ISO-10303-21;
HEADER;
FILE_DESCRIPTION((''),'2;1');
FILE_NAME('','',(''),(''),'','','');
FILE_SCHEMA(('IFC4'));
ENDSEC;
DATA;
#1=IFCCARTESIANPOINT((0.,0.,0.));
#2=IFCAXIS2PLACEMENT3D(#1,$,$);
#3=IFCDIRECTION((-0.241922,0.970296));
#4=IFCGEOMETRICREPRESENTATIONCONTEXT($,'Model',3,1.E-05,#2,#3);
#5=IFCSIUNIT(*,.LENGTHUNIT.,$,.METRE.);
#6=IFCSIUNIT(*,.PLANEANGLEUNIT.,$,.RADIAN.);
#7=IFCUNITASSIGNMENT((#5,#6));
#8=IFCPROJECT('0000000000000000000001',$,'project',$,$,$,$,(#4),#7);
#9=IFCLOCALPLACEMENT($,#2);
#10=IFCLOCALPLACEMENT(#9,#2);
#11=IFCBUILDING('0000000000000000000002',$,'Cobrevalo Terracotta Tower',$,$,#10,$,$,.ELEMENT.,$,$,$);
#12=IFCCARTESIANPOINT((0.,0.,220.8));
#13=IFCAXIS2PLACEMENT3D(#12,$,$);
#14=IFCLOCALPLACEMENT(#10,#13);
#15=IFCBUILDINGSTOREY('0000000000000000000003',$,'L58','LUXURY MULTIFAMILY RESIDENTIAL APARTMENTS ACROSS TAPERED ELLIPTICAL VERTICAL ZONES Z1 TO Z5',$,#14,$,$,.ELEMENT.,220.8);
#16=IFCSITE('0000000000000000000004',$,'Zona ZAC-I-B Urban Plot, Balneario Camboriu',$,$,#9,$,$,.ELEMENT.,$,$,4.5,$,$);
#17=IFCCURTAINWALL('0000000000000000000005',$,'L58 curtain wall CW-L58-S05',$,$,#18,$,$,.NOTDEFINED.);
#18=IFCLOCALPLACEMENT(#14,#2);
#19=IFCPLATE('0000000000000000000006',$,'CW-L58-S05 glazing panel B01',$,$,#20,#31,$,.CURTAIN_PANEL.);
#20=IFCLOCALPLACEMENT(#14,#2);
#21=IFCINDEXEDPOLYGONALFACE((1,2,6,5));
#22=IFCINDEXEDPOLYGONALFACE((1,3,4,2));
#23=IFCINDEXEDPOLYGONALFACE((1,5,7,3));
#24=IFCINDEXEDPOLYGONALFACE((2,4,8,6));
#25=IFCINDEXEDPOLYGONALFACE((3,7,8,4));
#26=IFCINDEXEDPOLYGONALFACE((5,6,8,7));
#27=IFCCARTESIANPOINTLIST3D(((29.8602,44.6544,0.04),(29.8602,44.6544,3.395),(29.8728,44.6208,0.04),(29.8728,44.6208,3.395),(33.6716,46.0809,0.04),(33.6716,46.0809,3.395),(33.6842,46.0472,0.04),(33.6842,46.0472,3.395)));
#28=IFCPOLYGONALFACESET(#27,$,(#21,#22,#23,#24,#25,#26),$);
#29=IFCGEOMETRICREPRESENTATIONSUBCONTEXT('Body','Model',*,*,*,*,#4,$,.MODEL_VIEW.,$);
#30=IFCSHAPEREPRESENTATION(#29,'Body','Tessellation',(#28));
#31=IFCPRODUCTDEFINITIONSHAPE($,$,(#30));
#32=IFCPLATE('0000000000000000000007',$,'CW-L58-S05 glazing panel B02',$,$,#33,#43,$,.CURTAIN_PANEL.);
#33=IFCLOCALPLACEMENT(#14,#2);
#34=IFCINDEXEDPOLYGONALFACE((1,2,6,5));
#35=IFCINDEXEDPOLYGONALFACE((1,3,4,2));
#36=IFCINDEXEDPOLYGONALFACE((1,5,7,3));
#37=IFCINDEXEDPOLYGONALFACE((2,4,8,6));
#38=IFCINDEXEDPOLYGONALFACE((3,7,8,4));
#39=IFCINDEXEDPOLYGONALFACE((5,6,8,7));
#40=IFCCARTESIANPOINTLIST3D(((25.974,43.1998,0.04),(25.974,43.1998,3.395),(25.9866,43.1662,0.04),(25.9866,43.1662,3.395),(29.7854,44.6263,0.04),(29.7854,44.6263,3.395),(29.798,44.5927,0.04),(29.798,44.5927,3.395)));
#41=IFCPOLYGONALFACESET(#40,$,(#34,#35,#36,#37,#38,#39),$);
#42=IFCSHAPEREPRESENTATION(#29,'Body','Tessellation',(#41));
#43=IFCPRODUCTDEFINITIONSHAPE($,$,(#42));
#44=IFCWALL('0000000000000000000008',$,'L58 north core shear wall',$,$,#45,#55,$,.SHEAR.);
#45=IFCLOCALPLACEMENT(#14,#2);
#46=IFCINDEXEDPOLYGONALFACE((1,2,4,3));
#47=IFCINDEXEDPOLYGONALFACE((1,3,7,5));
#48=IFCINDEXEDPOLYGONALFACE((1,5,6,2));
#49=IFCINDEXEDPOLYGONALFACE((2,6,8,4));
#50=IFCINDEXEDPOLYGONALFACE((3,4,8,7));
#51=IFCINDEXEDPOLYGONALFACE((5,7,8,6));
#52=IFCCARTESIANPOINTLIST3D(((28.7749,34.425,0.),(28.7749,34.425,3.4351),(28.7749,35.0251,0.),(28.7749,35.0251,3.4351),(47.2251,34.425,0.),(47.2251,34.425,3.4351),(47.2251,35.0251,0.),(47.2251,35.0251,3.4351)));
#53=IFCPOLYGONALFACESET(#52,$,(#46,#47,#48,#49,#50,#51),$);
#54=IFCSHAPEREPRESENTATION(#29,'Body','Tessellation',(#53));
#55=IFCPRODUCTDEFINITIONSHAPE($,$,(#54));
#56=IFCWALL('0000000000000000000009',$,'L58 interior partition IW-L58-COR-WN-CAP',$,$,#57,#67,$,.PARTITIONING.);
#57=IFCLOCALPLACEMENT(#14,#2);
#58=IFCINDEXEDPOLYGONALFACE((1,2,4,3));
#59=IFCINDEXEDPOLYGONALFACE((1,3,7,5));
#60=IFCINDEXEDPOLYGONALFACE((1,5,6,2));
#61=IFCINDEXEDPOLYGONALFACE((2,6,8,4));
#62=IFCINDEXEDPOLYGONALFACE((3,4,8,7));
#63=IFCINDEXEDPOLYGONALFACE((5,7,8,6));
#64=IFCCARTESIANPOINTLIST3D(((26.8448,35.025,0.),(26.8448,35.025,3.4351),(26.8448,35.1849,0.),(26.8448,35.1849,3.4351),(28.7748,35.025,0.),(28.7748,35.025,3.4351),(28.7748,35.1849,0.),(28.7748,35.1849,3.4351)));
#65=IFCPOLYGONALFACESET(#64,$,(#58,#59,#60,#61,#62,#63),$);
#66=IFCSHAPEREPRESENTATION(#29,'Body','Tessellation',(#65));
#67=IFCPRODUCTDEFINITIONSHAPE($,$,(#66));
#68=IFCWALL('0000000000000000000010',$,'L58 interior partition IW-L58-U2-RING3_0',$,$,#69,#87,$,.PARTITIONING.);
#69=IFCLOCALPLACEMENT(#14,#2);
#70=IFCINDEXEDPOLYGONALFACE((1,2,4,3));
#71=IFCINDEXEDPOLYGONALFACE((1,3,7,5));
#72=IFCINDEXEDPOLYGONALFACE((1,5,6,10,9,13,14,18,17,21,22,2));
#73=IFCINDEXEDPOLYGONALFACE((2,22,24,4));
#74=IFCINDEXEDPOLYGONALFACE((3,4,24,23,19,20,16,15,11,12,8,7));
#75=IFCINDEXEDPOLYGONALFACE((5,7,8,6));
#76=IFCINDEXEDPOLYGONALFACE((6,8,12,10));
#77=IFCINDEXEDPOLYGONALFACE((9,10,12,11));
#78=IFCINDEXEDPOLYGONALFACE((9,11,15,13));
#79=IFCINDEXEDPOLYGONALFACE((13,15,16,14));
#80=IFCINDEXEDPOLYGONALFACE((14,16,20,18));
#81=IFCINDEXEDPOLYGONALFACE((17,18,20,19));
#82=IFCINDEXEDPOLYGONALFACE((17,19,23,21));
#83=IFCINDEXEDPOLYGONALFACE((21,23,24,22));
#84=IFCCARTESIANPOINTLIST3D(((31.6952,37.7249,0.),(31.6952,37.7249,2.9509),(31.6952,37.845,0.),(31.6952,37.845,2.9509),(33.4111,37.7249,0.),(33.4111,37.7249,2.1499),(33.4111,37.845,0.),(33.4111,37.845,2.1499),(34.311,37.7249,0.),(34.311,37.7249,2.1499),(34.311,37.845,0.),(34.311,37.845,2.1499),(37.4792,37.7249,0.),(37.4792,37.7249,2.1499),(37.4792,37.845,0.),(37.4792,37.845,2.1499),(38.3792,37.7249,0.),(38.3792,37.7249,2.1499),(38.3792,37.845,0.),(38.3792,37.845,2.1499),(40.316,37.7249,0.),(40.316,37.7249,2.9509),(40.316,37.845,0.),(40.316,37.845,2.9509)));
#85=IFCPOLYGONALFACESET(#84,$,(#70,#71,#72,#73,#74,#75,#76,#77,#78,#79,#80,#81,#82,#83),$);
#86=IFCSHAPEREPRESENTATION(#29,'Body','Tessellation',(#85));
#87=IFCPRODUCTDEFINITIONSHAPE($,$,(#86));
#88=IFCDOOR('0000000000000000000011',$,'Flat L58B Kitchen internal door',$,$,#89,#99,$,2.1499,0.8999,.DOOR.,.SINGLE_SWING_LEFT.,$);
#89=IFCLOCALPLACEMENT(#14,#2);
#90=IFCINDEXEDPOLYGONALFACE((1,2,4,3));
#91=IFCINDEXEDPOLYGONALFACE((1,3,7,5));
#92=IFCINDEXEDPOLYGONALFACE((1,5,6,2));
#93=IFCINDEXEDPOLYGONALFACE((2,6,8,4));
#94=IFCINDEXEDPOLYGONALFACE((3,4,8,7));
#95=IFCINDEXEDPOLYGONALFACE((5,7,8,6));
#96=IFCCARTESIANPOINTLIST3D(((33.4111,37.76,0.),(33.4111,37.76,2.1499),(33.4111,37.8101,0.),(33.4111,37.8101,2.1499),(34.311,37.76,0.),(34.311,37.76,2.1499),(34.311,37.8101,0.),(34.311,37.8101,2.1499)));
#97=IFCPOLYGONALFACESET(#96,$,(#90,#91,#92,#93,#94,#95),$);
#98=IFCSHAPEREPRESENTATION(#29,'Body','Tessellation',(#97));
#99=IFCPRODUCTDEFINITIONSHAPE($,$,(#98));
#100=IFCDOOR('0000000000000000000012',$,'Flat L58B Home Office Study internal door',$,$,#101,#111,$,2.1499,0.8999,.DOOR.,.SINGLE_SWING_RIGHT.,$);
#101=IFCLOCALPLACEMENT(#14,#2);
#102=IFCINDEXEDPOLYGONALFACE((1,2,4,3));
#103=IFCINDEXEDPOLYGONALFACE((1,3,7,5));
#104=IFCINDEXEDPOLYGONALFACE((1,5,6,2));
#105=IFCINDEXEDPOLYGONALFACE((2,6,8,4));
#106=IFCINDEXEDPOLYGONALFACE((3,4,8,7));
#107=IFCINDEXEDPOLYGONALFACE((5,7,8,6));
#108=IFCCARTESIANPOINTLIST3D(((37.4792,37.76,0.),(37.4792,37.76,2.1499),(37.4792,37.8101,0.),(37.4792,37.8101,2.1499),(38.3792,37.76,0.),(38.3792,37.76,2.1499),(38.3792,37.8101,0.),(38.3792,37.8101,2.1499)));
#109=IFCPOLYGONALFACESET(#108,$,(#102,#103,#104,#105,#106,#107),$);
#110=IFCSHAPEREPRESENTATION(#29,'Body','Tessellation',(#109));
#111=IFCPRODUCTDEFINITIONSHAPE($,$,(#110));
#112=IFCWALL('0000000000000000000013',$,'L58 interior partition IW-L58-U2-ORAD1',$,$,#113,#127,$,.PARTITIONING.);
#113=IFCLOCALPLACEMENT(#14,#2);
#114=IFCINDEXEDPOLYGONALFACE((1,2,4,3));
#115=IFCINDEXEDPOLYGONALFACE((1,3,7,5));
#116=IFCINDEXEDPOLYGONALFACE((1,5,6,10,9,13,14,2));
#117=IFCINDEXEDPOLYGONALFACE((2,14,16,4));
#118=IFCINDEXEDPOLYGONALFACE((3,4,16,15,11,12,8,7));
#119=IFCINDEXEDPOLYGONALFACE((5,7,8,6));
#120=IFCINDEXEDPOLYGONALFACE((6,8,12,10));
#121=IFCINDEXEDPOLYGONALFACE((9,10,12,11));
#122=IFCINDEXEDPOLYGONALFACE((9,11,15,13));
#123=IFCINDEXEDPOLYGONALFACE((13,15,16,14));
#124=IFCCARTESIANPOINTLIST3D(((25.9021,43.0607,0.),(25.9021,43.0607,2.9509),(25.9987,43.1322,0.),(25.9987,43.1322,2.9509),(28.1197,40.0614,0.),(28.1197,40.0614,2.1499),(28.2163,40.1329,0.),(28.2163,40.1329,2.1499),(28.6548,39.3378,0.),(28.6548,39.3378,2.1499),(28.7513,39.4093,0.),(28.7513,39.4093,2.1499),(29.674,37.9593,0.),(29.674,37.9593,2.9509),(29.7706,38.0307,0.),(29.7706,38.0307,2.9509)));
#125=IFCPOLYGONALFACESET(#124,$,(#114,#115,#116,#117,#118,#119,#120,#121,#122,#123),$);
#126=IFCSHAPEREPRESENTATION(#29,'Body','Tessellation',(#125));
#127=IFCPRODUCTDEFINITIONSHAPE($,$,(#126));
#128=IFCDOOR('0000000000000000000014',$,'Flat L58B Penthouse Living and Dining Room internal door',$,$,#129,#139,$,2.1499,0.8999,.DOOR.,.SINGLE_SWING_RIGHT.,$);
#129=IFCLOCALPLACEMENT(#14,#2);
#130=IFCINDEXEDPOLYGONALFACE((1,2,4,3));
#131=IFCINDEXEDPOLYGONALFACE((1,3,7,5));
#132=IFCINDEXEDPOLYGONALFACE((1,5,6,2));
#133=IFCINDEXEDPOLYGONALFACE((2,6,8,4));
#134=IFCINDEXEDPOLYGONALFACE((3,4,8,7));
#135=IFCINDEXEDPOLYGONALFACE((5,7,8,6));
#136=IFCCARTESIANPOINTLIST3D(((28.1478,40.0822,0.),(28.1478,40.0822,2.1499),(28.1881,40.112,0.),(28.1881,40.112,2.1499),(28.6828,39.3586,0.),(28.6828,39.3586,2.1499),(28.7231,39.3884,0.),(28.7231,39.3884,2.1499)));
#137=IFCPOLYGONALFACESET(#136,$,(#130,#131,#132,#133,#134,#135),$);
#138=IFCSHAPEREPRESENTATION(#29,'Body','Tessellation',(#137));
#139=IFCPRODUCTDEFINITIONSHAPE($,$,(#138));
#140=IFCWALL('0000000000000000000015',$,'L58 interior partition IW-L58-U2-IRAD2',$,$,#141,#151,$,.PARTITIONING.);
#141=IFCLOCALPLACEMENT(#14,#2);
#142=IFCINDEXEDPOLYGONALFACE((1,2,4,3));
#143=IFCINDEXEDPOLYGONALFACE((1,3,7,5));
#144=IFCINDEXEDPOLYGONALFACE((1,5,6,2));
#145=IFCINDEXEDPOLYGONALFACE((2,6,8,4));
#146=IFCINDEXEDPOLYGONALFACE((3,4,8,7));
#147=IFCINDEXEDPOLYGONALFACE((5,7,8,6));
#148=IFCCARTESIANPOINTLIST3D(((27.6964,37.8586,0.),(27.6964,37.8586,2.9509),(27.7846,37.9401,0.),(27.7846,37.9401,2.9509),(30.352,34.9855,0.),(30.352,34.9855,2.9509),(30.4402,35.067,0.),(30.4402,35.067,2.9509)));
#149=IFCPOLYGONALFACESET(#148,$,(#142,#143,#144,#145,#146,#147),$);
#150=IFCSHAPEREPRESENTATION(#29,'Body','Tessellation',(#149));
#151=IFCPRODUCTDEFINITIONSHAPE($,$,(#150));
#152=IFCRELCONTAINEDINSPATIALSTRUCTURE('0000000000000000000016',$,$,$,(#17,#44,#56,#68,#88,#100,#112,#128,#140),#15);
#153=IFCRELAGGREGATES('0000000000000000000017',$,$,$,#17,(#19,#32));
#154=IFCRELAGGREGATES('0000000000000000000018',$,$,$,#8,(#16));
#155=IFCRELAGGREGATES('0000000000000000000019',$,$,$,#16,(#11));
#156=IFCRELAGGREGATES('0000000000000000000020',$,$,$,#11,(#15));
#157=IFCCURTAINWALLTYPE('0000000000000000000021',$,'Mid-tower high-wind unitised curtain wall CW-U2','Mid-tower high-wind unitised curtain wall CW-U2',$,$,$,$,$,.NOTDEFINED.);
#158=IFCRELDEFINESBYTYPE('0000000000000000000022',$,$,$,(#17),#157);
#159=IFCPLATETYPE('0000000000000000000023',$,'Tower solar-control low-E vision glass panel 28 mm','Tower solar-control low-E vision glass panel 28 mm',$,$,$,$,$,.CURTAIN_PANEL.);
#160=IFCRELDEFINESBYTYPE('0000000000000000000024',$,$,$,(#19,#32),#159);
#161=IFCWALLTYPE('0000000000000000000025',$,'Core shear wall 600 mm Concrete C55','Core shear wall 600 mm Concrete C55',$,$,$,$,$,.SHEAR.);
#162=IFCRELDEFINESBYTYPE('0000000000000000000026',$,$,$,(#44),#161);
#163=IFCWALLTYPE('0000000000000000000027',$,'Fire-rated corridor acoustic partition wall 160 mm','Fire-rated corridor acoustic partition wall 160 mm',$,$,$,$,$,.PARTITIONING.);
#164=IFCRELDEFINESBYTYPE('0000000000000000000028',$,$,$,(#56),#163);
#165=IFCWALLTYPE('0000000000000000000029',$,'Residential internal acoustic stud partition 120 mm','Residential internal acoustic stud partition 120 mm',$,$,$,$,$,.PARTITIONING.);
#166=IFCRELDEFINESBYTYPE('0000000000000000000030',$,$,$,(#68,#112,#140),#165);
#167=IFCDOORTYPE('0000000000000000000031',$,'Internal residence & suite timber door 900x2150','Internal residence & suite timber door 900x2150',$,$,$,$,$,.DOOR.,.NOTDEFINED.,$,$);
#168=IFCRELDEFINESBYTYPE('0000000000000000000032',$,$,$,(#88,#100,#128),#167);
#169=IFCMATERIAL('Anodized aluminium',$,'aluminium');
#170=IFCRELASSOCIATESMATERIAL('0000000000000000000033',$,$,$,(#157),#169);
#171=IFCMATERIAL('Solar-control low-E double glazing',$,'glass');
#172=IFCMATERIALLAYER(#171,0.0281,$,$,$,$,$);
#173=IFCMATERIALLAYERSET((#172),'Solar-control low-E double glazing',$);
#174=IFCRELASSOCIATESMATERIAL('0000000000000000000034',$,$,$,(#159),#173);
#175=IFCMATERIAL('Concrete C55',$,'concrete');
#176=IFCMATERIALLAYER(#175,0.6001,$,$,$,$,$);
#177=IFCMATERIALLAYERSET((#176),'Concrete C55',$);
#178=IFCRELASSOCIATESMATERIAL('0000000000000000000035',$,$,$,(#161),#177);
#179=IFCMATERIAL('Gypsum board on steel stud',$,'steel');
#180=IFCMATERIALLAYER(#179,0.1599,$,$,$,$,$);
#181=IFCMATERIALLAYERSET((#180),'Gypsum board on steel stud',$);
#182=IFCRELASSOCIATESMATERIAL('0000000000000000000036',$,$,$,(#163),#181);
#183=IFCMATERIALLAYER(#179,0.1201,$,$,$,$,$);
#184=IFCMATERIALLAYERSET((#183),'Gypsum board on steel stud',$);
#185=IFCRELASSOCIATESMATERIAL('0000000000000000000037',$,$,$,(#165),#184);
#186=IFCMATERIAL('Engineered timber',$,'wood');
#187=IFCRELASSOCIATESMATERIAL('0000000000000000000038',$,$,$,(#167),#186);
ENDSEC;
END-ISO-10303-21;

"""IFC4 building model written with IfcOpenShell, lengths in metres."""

from ifc_helpers import new_model, si_unit, direction, frame, frame_2d, origin, origin_2d, place, context, subcontext, project, spatial, rectangle, extrude, source, transform, mapped, material, layer, layer_set, type_object, element, fill, aggregate, save


model = new_model("IFC4")

# Units and contexts
model_context = context("Model", 3, precision=1e-05, world=origin(), true_north=direction((-0.241922, 0.970296)))
body_context = subcontext(model_context, "Body", "Model", "MODEL_VIEW")
ifc_project = project(units=[si_unit("LENGTHUNIT", "METRE"), si_unit("PLANEANGLEUNIT", "RADIAN")], contexts=[model_context])

# Site, building, storey
site_placement = place(None, origin())
site = spatial("IfcSite", under=ifc_project, at=site_placement, Name="Zona ZAC-I-B Urban Plot, Balneario Camboriu", CompositionType="ELEMENT", RefElevation=4.5)
building_placement = place(site_placement, origin())
building = spatial("IfcBuilding", under=site, at=building_placement, Name="Cobrevalo Terracotta Tower", CompositionType="ELEMENT")
storey_placement = place(building_placement, frame((0.0, 0.0, 220.8)))
storey = spatial("IfcBuildingStorey", under=building, at=storey_placement, Name="L58", Description="LUXURY MULTIFAMILY RESIDENTIAL APARTMENTS ACROSS TAPERED ELLIPTICAL VERTICAL ZONES Z1 TO Z5", CompositionType="ELEMENT", Elevation=220.8)

# Curtain wall, plates
ifc_material_1 = material(Name="Anodized aluminium", Category="aluminium")
curtain_wall_type = type_object("IfcCurtainWallType", Name="Mid-tower high-wind unitised curtain wall CW-U2", Description="Mid-tower high-wind unitised curtain wall CW-U2", PredefinedType="NOTDEFINED", material=ifc_material_1)
curtain_wall_placement = place(storey_placement, origin())
curtain_wall = element("IfcCurtainWall", 1, at=curtain_wall_placement, inside=storey, type_object=curtain_wall_type, Name="L58 curtain wall CW-L58-S05", PredefinedType="NOTDEFINED")
ifc_material_2 = material(Name="Solar-control low-E double glazing", Category="glass")
ifc_layer_1 = layer(ifc_material_2, 0.0281)
ifc_layer_set_1 = layer_set([ifc_layer_1], Name="Solar-control low-E double glazing")
plate_type = type_object("IfcPlateType", Name="Tower solar-control low-E vision glass panel 28 mm", Description="Tower solar-control low-E vision glass panel 28 mm", PredefinedType="CURTAIN_PANEL", material=ifc_layer_set_1)
shared_shape_1 = source(origin(), body_context, "Body", "SweptSolid", [
    extrude(rectangle(XDim=4.0696, YDim=0.0359, at=origin_2d()), origin(), (0.0, 0.0, 1.0), 3.355),
])
plate_1_placement = place(storey_placement, frame((31.7722, 45.3508, 0.04), z_axis=(0.0, 0.0, 1.0), x_axis=(-0.936558, -0.350513, 0.0)))
plate_1 = element("IfcPlate", 2, at=plate_1_placement, type_object=plate_type, Name="CW-L58-S05 glazing panel B01", PredefinedType="CURTAIN_PANEL", context=body_context, shape_type="MappedRepresentation", body=[
    mapped(shared_shape_1, transform((0.0, 0.0, 0.0), scale=1.0)),
])
plate_2_placement = place(storey_placement, frame((27.886, 43.8962, 0.04), z_axis=(0.0, 0.0, 1.0), x_axis=(-0.936558, -0.350513, 0.0)))
plate_2 = element("IfcPlate", 3, at=plate_2_placement, type_object=plate_type, Name="CW-L58-S05 glazing panel B02", PredefinedType="CURTAIN_PANEL", context=body_context, shape_type="MappedRepresentation", body=[
    mapped(shared_shape_1, transform((0.0, 0.0, 0.0), scale=1.0)),
])
aggregate(curtain_wall, [plate_1, plate_2])

# Walls
ifc_material_3 = material(Name="Concrete C55", Category="concrete")
ifc_layer_2 = layer(ifc_material_3, 0.6001)
ifc_layer_set_2 = layer_set([ifc_layer_2], Name="Concrete C55")
wall_type_1 = type_object("IfcWallType", Name="Core shear wall 600 mm Concrete C55", Description="Core shear wall 600 mm Concrete C55", PredefinedType="SHEAR", material=ifc_layer_set_2)
wall_1_placement = place(storey_placement, frame((28.7749, 34.7251, 0.0), z_axis=(0.0, 0.0, 1.0), x_axis=(1.0, 0.0, 0.0)))
element("IfcWall", 4, at=wall_1_placement, inside=storey, type_object=wall_type_1, Name="L58 north core shear wall", PredefinedType="SHEAR", context=body_context, shape_type="SweptSolid", body=[
    extrude(rectangle(XDim=18.4502, YDim=0.6001, at=frame_2d((9.2251, 0.0))), origin(), (0.0, 0.0, 1.0), 3.4351),
])
ifc_material_4 = material(Name="Gypsum board on steel stud", Category="steel")
ifc_layer_3 = layer(ifc_material_4, 0.1599)
ifc_layer_set_3 = layer_set([ifc_layer_3], Name="Gypsum board on steel stud")
wall_type_2 = type_object("IfcWallType", Name="Fire-rated corridor acoustic partition wall 160 mm", Description="Fire-rated corridor acoustic partition wall 160 mm", PredefinedType="PARTITIONING", material=ifc_layer_set_3)
wall_2_placement = place(storey_placement, frame((26.845, 35.105, 0.0), z_axis=(0.0, 0.0, 1.0), x_axis=(1.0, 0.0, 0.0)))
element("IfcWall", 5, at=wall_2_placement, inside=storey, type_object=wall_type_2, Name="L58 interior partition IW-L58-COR-WN-CAP", PredefinedType="PARTITIONING", context=body_context, shape_type="SweptSolid", body=[
    extrude(rectangle(XDim=1.9299, YDim=0.1599, at=frame_2d((0.9648, 0.0))), origin(), (0.0, 0.0, 1.0), 3.4351),
])

# Wall, openings, doors
ifc_layer_4 = layer(ifc_material_4, 0.1201)
ifc_layer_set_4 = layer_set([ifc_layer_4], Name="Gypsum board on steel stud")
wall_type_3 = type_object("IfcWallType", Name="Residential internal acoustic stud partition 120 mm", Description="Residential internal acoustic stud partition 120 mm", PredefinedType="PARTITIONING", material=ifc_layer_set_4)
wall_3_placement = place(storey_placement, frame((31.6951, 37.7849, 0.0), z_axis=(0.0, 0.0, 1.0), x_axis=(1.0, 0.0, 0.0)))
wall_3 = element("IfcWall", 6, at=wall_3_placement, inside=storey, type_object=wall_type_3, Name="L58 interior partition IW-L58-U2-RING3_0", PredefinedType="PARTITIONING", context=body_context, shape_type="SweptSolid", body=[
    extrude(rectangle(XDim=8.6208, YDim=0.1201, at=frame_2d((4.3105, 0.0))), origin(), (0.0, 0.0, 1.0), 2.9509),
])
opening_1_placement = place(wall_3_placement, frame((1.7161, 0.0, 0.0)))
opening_1 = element("IfcOpeningElement", 7, at=opening_1_placement, cuts=wall_3, PredefinedType="OPENING", context=body_context, shape_type="SweptSolid", body=[
    extrude(rectangle(XDim=0.8999, YDim=2.1499, at=frame_2d((0.45, 1.075))), frame((0.0, 0.0701, 0.0), z_axis=(0.0, -1.0, 0.0), x_axis=(1.0, 0.0, 0.0)), (0.0, 0.0, 1.0), 0.1401),
])
opening_2_placement = place(wall_3_placement, frame((5.7842, 0.0, 0.0)))
opening_2 = element("IfcOpeningElement", 8, at=opening_2_placement, cuts=wall_3, PredefinedType="OPENING", context=body_context, shape_type="SweptSolid", body=[
    extrude(rectangle(XDim=0.8999, YDim=2.1499, at=frame_2d((0.45, 1.075))), frame((0.0, 0.0701, 0.0), z_axis=(0.0, -1.0, 0.0), x_axis=(1.0, 0.0, 0.0)), (0.0, 0.0, 1.0), 0.1401),
])
ifc_material_5 = material(Name="Engineered timber", Category="wood")
door_type_1 = type_object("IfcDoorType", Name="Internal residence & suite timber door 900x2150", Description="Internal residence & suite timber door 900x2150", OperationType="NOTDEFINED", PredefinedType="DOOR", material=ifc_material_5)
shared_shape_2 = source(origin(), body_context, "Body", "SweptSolid", [
    extrude(rectangle(XDim=0.8999, YDim=2.1499, at=frame_2d((0.45, 1.075))), frame((0.0, 0.0249, 0.0), z_axis=(0.0, -1.0, 0.0), x_axis=(1.0, 0.0, 0.0)), (0.0, 0.0, 1.0), 0.05),
])
door_1_placement = place(opening_1_placement, frame((0.8999, 0.0, 0.0), z_axis=(0.0, 0.0, 1.0), x_axis=(-1.0, 0.0, 0.0)))
door_1 = element("IfcDoor", 9, at=door_1_placement, inside=storey, type_object=door_type_1, Name="Flat L58B Kitchen internal door", OperationType="SINGLE_SWING_LEFT", OverallHeight=2.1499, OverallWidth=0.8999, PredefinedType="DOOR", context=body_context, shape_type="MappedRepresentation", body=[
    mapped(shared_shape_2, transform((0.0, 0.0, 0.0), scale=1.0)),
])
fill(opening_1, door_1)
door_2_placement = place(opening_2_placement, frame((0.8999, 0.0, 0.0), z_axis=(0.0, 0.0, 1.0), x_axis=(-1.0, 0.0, 0.0)))
door_2 = element("IfcDoor", 10, at=door_2_placement, inside=storey, type_object=door_type_1, Name="Flat L58B Home Office Study internal door", OperationType="SINGLE_SWING_RIGHT", OverallHeight=2.1499, OverallWidth=0.8999, PredefinedType="DOOR", context=body_context, shape_type="MappedRepresentation", body=[
    mapped(shared_shape_2, transform((0.0, 0.0, 0.0), scale=1.0)),
])
fill(opening_2, door_2)

# Wall, opening, door
wall_4_placement = place(storey_placement, frame((29.7224, 37.9949, 0.0), z_axis=(0.0, 0.0, 1.0), x_axis=(-0.594519, 0.804082, 0.0)))
wall_4 = element("IfcWall", 11, at=wall_4_placement, inside=storey, type_object=wall_type_3, Name="L58 interior partition IW-L58-U2-ORAD1", PredefinedType="PARTITIONING", context=body_context, shape_type="SweptSolid", body=[
    extrude(rectangle(XDim=6.3445, YDim=0.1201, at=frame_2d((3.1724, 0.0))), origin(), (0.0, 0.0, 1.0), 2.9509),
])
opening_3_placement = place(wall_4_placement, frame((1.7146, 0.0, 0.0)))
opening_3 = element("IfcOpeningElement", 12, at=opening_3_placement, cuts=wall_4, PredefinedType="OPENING", context=body_context, shape_type="SweptSolid", body=[
    extrude(rectangle(XDim=0.8999, YDim=2.1499, at=frame_2d((0.45, 1.075))), frame((0.0, 0.0701, 0.0), z_axis=(0.0, -1.0, 0.0), x_axis=(1.0, 0.0, 0.0)), (0.0, 0.0, 1.0), 0.1401),
])
door_3_placement = place(opening_3_placement, frame((0.8999, 0.0, 0.0), z_axis=(0.0, 0.0, 1.0), x_axis=(-1.0, 0.0, 0.0)))
door_3 = element("IfcDoor", 13, at=door_3_placement, inside=storey, type_object=door_type_1, Name="Flat L58B Penthouse Living and Dining Room internal door", OperationType="SINGLE_SWING_RIGHT", OverallHeight=2.1499, OverallWidth=0.8999, PredefinedType="DOOR", context=body_context, shape_type="MappedRepresentation", body=[
    mapped(shared_shape_2, transform((0.0, 0.0, 0.0), scale=1.0)),
])
fill(opening_3, door_3)

# Wall
wall_5_placement = place(storey_placement, frame((30.396, 35.0264, 0.0), z_axis=(0.0, 0.0, 1.0), x_axis=(-0.678759, 0.734361, 0.0)))
element("IfcWall", 14, at=wall_5_placement, inside=storey, type_object=wall_type_3, Name="L58 interior partition IW-L58-U2-IRAD2", PredefinedType="PARTITIONING", context=body_context, shape_type="SweptSolid", body=[
    extrude(rectangle(XDim=3.9124, YDim=0.1201, at=frame_2d((1.9561, 0.0))), origin(), (0.0, 0.0, 1.0), 2.9509),
])

save(model, "model.ifc")
